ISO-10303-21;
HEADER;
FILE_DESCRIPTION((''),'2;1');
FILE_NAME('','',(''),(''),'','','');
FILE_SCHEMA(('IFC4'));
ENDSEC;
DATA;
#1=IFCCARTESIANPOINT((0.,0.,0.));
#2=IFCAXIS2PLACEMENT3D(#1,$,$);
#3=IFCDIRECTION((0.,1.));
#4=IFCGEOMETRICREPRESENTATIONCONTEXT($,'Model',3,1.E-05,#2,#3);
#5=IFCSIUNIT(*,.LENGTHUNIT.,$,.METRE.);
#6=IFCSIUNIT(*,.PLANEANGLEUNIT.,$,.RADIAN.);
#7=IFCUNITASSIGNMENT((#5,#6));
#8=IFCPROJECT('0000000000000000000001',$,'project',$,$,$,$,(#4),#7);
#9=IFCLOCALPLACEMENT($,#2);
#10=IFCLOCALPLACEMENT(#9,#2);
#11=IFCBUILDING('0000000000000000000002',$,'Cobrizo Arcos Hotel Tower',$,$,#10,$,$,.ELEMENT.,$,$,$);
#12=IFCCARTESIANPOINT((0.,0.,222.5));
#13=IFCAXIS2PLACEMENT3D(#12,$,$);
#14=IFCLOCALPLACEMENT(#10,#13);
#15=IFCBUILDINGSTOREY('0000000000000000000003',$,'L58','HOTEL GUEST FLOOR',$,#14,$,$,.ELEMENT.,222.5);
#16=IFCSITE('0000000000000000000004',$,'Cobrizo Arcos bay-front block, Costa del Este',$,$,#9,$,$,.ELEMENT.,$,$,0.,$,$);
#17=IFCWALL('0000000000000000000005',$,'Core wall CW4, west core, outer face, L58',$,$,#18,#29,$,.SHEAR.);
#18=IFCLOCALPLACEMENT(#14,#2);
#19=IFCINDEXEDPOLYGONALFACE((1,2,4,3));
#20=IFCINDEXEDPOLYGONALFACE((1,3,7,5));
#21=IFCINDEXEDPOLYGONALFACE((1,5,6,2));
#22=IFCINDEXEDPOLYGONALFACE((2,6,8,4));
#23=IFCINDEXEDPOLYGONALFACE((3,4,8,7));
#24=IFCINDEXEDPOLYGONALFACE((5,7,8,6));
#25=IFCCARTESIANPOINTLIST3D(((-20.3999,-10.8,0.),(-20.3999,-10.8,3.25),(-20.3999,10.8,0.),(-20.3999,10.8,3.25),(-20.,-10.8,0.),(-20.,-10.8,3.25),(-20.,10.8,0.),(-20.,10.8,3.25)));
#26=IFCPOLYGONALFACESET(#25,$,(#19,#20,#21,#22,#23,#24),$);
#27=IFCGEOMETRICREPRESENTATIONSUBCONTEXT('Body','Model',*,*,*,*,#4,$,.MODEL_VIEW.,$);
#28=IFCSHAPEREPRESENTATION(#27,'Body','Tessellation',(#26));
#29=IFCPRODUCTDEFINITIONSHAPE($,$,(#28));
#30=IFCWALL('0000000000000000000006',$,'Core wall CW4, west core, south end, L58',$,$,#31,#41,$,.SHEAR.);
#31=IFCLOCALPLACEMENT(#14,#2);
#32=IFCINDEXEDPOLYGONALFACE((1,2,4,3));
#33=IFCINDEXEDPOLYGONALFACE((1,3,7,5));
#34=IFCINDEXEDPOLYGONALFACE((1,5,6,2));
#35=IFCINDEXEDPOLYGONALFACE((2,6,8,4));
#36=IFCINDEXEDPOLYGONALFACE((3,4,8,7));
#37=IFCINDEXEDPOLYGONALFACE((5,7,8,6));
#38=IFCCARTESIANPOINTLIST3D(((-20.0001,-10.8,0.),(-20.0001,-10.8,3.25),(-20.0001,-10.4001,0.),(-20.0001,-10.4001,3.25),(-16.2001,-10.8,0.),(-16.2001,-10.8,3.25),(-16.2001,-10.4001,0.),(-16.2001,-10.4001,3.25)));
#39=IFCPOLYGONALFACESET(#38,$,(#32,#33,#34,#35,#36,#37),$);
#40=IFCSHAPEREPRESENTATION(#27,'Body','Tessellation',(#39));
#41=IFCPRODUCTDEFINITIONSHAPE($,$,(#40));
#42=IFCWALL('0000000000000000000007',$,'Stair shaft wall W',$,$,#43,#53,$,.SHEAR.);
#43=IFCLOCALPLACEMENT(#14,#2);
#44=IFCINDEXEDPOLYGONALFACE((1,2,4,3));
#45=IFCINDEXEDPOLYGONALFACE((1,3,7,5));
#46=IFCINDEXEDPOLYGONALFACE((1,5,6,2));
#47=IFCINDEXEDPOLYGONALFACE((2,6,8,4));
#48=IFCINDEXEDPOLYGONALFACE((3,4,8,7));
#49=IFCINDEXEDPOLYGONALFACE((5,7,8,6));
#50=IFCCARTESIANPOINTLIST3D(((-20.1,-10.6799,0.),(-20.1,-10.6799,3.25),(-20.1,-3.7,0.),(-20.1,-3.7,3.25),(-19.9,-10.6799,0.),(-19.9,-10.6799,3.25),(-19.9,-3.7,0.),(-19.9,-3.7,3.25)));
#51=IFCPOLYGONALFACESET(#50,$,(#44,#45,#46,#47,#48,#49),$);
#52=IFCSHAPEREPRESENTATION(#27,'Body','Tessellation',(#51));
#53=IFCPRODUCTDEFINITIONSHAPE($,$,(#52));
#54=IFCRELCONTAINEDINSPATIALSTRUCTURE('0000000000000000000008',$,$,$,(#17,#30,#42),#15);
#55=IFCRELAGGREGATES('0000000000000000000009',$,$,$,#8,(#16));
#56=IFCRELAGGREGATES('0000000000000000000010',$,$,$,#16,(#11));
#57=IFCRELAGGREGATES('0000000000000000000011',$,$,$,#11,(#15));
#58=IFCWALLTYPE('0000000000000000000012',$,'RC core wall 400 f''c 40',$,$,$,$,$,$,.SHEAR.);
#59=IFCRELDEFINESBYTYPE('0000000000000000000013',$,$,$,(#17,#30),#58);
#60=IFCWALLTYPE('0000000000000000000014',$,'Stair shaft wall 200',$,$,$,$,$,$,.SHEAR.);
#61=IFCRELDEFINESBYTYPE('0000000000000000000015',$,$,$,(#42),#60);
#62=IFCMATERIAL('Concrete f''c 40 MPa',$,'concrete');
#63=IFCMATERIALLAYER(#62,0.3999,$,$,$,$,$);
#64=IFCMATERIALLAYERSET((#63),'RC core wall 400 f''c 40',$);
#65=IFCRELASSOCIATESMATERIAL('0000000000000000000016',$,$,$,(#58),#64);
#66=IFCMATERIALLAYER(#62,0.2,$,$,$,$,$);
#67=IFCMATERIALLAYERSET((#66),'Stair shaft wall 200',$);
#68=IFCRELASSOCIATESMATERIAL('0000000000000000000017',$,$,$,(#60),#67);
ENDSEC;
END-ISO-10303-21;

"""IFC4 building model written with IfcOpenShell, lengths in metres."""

from ifc_helpers import new_model, si_unit, direction, frame, frame_2d, origin, place, context, subcontext, project, spatial, rectangle, extrude, material, layer, layer_set, type_object, element, save


model = new_model("IFC4")

# Units and contexts
model_context = context("Model", 3, precision=1e-05, world=origin(), true_north=direction((0.0, 1.0)))
body_context = subcontext(model_context, "Body", "Model", "MODEL_VIEW")
ifc_project = project(units=[si_unit("LENGTHUNIT", "METRE"), si_unit("PLANEANGLEUNIT", "RADIAN")], contexts=[model_context])

# Site, building, storey
site_placement = place(None, origin())
site = spatial("IfcSite", under=ifc_project, at=site_placement, Name="Cobrizo Arcos bay-front block, Costa del Este", CompositionType="ELEMENT", RefElevation=0.0)
building_placement = place(site_placement, origin())
building = spatial("IfcBuilding", under=site, at=building_placement, Name="Cobrizo Arcos Hotel Tower", CompositionType="ELEMENT")
storey_placement = place(building_placement, frame((0.0, 0.0, 222.5)))
storey = spatial("IfcBuildingStorey", under=building, at=storey_placement, Name="L58", Description="HOTEL GUEST FLOOR", CompositionType="ELEMENT", Elevation=222.5)

# Shared definitions
ifc_material_1 = material(Name="Concrete f'c 40 MPa", Category="concrete")
ifc_layer_1 = layer(ifc_material_1, 0.3999)
ifc_layer_set_1 = layer_set([ifc_layer_1], Name="RC core wall 400 f'c 40")
wall_type_1 = type_object("IfcWallType", Name="RC core wall 400 f'c 40", PredefinedType="SHEAR", material=ifc_layer_set_1)

# Walls
wall_1_placement = place(storey_placement, frame((-20.2, -10.8, 0.0), z_axis=(0.0, 0.0, 1.0), x_axis=(0.0, 1.0, 0.0)))
element("IfcWall", 1, at=wall_1_placement, inside=storey, type_object=wall_type_1, Name="Core wall CW4, west core, outer face, L58", PredefinedType="SHEAR", context=body_context, shape_type="SweptSolid", body=[
    extrude(rectangle(XDim=21.6001, YDim=0.3999, at=frame_2d((10.8, 0.0))), origin(), (0.0, 0.0, 1.0), 3.25),
])
wall_2_placement = place(storey_placement, frame((-20.0, -10.6001, 0.0), z_axis=(0.0, 0.0, 1.0), x_axis=(1.0, 0.0, 0.0)))
element("IfcWall", 2, at=wall_2_placement, inside=storey, type_object=wall_type_1, Name="Core wall CW4, west core, south end, L58", PredefinedType="SHEAR", context=body_context, shape_type="SweptSolid", body=[
    extrude(rectangle(XDim=3.8, YDim=0.3999, at=frame_2d((1.8999, 0.0))), origin(), (0.0, 0.0, 1.0), 3.25),
])
ifc_layer_2 = layer(ifc_material_1, 0.2)
ifc_layer_set_2 = layer_set([ifc_layer_2], Name="Stair shaft wall 200")
wall_type_2 = type_object("IfcWallType", Name="Stair shaft wall 200", PredefinedType="SHEAR", material=ifc_layer_set_2)
wall_3_placement = place(storey_placement, frame((-20.0, -10.6799, 0.0), z_axis=(0.0, 0.0, 1.0), x_axis=(0.0, 1.0, 0.0)))
element("IfcWall", 3, at=wall_3_placement, inside=storey, type_object=wall_type_2, Name="Stair shaft wall W", PredefinedType="SHEAR", context=body_context, shape_type="SweptSolid", body=[
    extrude(rectangle(XDim=6.98, YDim=0.2, at=frame_2d((3.49, 0.0))), origin(), (0.0, 0.0, 1.0), 3.25),
])

save(model, "model.ifc")
